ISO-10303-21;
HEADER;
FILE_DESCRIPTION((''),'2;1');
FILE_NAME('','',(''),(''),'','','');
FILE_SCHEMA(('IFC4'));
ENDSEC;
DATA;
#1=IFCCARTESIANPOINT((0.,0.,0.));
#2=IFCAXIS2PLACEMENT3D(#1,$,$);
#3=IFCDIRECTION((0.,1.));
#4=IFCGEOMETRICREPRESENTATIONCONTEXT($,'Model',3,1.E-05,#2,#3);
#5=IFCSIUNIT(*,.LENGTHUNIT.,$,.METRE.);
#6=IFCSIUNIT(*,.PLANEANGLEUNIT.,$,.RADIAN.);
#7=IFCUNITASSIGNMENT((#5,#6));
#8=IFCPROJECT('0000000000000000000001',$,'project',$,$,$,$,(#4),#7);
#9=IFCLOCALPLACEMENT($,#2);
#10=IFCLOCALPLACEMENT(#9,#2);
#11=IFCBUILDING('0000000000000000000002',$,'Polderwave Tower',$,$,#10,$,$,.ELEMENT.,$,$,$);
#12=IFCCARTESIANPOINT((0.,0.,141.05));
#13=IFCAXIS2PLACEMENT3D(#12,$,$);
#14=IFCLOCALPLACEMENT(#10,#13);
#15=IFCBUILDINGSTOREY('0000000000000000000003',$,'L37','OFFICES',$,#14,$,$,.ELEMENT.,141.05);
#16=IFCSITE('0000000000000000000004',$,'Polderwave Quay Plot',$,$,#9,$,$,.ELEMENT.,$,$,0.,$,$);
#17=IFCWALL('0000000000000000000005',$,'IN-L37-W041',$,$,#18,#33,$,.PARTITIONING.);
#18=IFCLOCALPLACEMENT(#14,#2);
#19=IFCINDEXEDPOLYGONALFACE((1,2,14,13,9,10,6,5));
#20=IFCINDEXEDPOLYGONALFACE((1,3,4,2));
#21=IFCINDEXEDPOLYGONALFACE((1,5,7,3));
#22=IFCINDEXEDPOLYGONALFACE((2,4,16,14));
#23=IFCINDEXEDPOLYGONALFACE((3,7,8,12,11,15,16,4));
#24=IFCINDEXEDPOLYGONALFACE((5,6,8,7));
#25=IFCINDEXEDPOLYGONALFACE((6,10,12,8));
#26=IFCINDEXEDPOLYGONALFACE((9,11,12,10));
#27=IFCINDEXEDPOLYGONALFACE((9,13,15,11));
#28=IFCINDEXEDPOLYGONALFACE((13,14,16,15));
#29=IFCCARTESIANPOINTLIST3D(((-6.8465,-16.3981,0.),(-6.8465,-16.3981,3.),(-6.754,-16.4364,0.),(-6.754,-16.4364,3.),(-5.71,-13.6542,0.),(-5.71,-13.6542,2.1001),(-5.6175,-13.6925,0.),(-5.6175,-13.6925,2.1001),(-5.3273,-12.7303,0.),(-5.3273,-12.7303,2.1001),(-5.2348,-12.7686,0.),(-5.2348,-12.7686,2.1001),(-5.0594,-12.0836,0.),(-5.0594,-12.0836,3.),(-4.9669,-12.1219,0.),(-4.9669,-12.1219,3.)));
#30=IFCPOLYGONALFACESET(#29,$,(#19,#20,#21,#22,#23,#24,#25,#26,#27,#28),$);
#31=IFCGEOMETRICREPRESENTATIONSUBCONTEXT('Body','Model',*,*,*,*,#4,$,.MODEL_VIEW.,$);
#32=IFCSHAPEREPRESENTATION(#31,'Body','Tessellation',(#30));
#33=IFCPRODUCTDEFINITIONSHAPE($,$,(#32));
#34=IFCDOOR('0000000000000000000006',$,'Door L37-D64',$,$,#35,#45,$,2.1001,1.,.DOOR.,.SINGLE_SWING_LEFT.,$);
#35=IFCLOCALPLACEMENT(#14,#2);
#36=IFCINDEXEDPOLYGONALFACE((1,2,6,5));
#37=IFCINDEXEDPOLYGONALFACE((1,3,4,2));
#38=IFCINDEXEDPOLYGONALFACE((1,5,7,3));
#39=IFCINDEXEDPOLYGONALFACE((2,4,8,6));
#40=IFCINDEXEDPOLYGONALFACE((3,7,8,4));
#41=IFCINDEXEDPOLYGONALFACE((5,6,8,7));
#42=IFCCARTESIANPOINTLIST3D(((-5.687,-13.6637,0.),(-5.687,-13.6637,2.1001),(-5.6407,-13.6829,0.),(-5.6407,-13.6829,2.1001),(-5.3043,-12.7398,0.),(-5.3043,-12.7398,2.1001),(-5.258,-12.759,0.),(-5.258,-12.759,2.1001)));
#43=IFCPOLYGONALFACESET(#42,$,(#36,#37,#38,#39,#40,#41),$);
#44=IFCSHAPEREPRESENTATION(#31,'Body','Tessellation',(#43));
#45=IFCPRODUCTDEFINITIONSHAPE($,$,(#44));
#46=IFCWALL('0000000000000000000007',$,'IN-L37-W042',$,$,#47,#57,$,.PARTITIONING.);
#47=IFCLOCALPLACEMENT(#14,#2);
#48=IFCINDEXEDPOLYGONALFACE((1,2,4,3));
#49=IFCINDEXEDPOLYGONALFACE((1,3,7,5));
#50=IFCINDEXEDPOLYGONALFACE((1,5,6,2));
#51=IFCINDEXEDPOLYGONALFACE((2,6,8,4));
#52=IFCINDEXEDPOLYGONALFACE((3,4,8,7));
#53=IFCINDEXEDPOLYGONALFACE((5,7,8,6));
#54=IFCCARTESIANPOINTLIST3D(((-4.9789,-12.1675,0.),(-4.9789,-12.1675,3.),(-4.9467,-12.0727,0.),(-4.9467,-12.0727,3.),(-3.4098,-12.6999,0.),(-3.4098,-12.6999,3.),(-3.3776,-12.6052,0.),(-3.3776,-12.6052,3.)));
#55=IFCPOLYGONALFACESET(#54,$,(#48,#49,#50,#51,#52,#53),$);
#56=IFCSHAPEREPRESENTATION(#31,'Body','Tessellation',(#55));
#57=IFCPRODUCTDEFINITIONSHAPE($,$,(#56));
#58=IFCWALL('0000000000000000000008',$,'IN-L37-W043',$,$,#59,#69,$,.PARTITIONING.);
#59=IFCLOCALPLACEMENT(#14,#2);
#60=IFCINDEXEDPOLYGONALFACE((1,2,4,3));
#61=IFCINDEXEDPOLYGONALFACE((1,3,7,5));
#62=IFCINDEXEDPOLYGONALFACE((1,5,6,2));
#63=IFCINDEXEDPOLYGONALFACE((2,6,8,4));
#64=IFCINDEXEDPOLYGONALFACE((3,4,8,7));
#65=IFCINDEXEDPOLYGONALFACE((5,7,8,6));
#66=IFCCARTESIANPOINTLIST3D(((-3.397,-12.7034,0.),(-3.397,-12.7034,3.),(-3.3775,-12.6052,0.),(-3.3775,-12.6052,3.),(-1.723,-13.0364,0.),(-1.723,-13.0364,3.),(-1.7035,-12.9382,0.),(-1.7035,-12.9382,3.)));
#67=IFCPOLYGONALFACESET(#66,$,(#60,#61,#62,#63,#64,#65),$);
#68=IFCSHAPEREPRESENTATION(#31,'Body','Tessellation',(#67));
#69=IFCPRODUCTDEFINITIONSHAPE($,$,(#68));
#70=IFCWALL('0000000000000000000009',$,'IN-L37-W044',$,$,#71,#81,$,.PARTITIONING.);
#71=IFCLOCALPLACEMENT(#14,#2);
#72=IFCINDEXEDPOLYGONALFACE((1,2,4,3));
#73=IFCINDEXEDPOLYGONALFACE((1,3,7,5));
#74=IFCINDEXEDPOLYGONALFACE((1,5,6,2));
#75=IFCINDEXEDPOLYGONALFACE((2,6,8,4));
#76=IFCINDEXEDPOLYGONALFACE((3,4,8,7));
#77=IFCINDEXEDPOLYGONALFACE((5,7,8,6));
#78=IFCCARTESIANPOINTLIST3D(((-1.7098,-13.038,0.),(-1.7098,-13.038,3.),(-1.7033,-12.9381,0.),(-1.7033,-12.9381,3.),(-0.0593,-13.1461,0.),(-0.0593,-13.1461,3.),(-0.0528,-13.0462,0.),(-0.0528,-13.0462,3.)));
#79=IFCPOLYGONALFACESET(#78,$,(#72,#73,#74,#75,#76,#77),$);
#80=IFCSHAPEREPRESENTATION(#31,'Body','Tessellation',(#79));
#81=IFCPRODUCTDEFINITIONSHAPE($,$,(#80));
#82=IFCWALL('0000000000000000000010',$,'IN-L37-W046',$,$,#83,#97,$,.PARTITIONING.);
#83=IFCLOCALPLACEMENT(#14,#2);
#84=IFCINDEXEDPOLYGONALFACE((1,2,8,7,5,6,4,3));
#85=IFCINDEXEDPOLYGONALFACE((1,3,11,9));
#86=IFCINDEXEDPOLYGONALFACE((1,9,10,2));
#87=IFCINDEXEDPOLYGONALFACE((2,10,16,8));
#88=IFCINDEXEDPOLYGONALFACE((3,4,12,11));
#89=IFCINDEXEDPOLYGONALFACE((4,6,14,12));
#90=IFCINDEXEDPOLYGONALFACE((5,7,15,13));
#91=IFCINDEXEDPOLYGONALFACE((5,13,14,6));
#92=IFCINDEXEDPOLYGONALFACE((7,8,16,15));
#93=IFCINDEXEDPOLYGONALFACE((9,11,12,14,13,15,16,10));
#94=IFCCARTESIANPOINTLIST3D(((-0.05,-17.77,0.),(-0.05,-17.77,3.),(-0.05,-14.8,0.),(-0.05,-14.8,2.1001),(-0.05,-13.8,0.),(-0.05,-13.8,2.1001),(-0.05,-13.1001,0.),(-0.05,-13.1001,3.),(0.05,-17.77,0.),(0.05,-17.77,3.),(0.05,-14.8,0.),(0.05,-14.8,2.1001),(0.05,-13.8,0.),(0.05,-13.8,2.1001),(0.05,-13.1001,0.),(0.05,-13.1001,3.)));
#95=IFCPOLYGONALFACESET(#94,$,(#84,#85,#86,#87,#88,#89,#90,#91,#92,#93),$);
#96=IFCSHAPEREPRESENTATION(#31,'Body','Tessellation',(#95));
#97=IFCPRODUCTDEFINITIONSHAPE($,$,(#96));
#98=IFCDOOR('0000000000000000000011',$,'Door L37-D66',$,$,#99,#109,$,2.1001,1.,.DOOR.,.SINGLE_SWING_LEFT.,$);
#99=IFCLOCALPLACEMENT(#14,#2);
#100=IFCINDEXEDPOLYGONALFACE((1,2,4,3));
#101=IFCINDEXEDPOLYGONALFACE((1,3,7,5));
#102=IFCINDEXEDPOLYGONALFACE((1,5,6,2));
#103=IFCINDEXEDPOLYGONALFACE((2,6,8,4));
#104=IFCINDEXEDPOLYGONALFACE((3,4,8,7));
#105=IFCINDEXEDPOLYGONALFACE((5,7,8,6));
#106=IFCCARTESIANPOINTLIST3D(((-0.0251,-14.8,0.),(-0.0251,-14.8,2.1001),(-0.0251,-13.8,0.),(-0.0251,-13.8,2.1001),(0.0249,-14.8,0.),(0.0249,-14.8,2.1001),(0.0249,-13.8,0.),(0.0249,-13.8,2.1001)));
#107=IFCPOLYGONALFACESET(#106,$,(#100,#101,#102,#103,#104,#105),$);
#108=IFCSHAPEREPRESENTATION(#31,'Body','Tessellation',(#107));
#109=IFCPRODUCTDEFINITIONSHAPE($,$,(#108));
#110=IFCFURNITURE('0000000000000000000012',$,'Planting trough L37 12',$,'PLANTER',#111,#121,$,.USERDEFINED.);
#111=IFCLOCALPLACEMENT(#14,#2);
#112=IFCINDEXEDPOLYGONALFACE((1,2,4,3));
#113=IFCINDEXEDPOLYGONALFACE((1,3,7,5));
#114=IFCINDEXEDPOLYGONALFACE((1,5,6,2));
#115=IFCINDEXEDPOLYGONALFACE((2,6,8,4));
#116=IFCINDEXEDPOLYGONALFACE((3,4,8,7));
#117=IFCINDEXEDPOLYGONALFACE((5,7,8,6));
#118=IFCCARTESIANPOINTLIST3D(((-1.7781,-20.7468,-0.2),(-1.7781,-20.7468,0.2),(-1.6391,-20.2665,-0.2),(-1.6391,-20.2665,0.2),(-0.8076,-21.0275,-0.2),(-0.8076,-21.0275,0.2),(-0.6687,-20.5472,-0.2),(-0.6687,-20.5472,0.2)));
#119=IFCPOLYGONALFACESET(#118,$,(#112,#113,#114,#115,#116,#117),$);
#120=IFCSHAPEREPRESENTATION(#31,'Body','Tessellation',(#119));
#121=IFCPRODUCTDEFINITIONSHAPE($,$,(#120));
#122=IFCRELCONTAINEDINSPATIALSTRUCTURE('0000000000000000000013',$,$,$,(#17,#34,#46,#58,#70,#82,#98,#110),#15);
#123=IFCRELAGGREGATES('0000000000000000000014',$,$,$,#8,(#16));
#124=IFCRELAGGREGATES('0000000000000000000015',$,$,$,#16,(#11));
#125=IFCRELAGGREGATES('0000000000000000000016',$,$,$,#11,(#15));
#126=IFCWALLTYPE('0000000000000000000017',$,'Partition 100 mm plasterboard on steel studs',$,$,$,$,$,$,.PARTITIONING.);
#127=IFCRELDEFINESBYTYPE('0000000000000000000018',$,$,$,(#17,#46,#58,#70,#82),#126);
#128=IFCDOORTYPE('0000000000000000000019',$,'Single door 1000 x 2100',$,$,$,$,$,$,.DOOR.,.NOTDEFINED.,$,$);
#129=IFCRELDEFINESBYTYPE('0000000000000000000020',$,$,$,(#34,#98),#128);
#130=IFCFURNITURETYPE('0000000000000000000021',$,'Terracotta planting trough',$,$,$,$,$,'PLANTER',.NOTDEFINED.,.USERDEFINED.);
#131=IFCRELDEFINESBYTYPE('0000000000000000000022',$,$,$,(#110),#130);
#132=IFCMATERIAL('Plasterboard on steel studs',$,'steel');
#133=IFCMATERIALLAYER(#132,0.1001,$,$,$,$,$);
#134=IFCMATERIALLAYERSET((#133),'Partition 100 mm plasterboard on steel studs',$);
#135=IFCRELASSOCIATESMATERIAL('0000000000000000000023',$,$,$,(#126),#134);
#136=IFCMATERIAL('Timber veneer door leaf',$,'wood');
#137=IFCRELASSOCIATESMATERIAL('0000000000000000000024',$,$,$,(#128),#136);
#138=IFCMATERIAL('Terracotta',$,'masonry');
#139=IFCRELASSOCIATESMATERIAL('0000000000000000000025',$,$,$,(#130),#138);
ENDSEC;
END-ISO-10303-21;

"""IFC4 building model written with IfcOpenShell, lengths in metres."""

from ifc_helpers import new_model, si_unit, direction, frame, frame_2d, origin, origin_2d, place, context, subcontext, project, spatial, rectangle, extrude, material, layer, layer_set, type_object, element, fill, save


model = new_model("IFC4")

# Units and contexts
model_context = context("Model", 3, precision=1e-05, world=origin(), true_north=direction((0.0, 1.0)))
body_context = subcontext(model_context, "Body", "Model", "MODEL_VIEW")
ifc_project = project(units=[si_unit("LENGTHUNIT", "METRE"), si_unit("PLANEANGLEUNIT", "RADIAN")], contexts=[model_context])

# Site, building, storey
site_placement = place(None, origin())
site = spatial("IfcSite", under=ifc_project, at=site_placement, Name="Polderwave Quay Plot", CompositionType="ELEMENT", RefElevation=0.0)
building_placement = place(site_placement, origin())
building = spatial("IfcBuilding", under=site, at=building_placement, Name="Polderwave Tower", CompositionType="ELEMENT")
storey_placement = place(building_placement, frame((0.0, 0.0, 141.05)))
storey = spatial("IfcBuildingStorey", under=building, at=storey_placement, Name="L37", Description="OFFICES", CompositionType="ELEMENT", Elevation=141.05)

# Wall, opening, door
ifc_material_1 = material(Name="Plasterboard on steel studs", Category="steel")
ifc_layer_1 = layer(ifc_material_1, 0.1001)
ifc_layer_set_1 = layer_set([ifc_layer_1], Name="Partition 100 mm plasterboard on steel studs")
wall_type_1 = type_object("IfcWallType", Name="Partition 100 mm plasterboard on steel studs", PredefinedType="PARTITIONING", material=ifc_layer_set_1)
ifc_material_2 = material(Name="Timber veneer door leaf", Category="wood")
door_type = type_object("IfcDoorType", Name="Single door 1000 x 2100", OperationType="NOTDEFINED", PredefinedType="DOOR", material=ifc_material_2)
wall_1_placement = place(storey_placement, frame((-5.0132, -12.1028, 0.0), z_axis=(0.0, 0.0, 1.0), x_axis=(-0.382684, -0.923879, 0.0)))
wall_1 = element("IfcWall", 1, at=wall_1_placement, inside=storey, type_object=wall_type_1, Name="IN-L37-W041", PredefinedType="PARTITIONING", context=body_context, shape_type="SweptSolid", body=[
    extrude(rectangle(XDim=4.6699, YDim=0.1001, at=frame_2d((2.335, 0.0))), origin(), (0.0, 0.0, 1.0), 3.0),
])
opening_1_placement = place(wall_1_placement, frame((0.7, 0.0, 0.0)))
opening_1 = element("IfcOpeningElement", 2, at=opening_1_placement, cuts=wall_1, PredefinedType="OPENING", context=body_context, shape_type="SweptSolid", body=[
    extrude(rectangle(XDim=1.0, YDim=2.1001, at=frame_2d((0.5, 1.05))), frame((0.0, 0.0601, 0.0), z_axis=(0.0, -1.0, 0.0), x_axis=(1.0, 0.0, 0.0)), (0.0, 0.0, 1.0), 0.1201),
])
door_1_placement = place(opening_1_placement, origin())
door_1 = element("IfcDoor", 3, at=door_1_placement, inside=storey, type_object=door_type, Name="Door L37-D64", OperationType="SINGLE_SWING_LEFT", OverallHeight=2.1001, OverallWidth=1.0, PredefinedType="DOOR", context=body_context, shape_type="SweptSolid", body=[
    extrude(rectangle(XDim=1.0, YDim=2.1001, at=frame_2d((0.5, 1.05))), frame((0.0, 0.0249, 0.0), z_axis=(0.0, -1.0, 0.0), x_axis=(1.0, 0.0, 0.0)), (0.0, 0.0, 1.0), 0.05),
])
fill(opening_1, door_1)

# Walls
wall_2_placement = place(storey_placement, frame((-3.3936, -12.6526, 0.0), z_axis=(0.0, 0.0, 1.0), x_axis=(-0.94696, 0.321351, 0.0)))
element("IfcWall", 4, at=wall_2_placement, inside=storey, type_object=wall_type_1, Name="IN-L37-W042", PredefinedType="PARTITIONING", context=body_context, shape_type="SweptSolid", body=[
    extrude(rectangle(XDim=1.657, YDim=0.1001, at=frame_2d((0.8286, 0.0))), origin(), (0.0, 0.0, 1.0), 3.0),
])
wall_3_placement = place(storey_placement, frame((-1.7131, -12.9873, 0.0), z_axis=(0.0, 0.0, 1.0), x_axis=(-0.980784, 0.195098, 0.0)))
element("IfcWall", 5, at=wall_3_placement, inside=storey, type_object=wall_type_1, Name="IN-L37-W043", PredefinedType="PARTITIONING", context=body_context, shape_type="SweptSolid", body=[
    extrude(rectangle(XDim=1.7068, YDim=0.1001, at=frame_2d((0.8535, 0.0))), origin(), (0.0, 0.0, 1.0), 3.0),
])
wall_4_placement = place(storey_placement, frame((-0.0559, -13.0962, 0.0), z_axis=(0.0, 0.0, 1.0), x_axis=(-0.99786, 0.065383, 0.0)))
element("IfcWall", 6, at=wall_4_placement, inside=storey, type_object=wall_type_1, Name="IN-L37-W044", PredefinedType="PARTITIONING", context=body_context, shape_type="SweptSolid", body=[
    extrude(rectangle(XDim=1.6541, YDim=0.1001, at=frame_2d((0.8271, 0.0))), origin(), (0.0, 0.0, 1.0), 3.0),
])

# Wall, opening, door
wall_5_placement = place(storey_placement, frame((0.0, -13.1001, 0.0), z_axis=(0.0, 0.0, 1.0), x_axis=(0.0, -1.0, 0.0)))
wall_5 = element("IfcWall", 7, at=wall_5_placement, inside=storey, type_object=wall_type_1, Name="IN-L37-W046", PredefinedType="PARTITIONING", context=body_context, shape_type="SweptSolid", body=[
    extrude(rectangle(XDim=4.6699, YDim=0.1001, at=frame_2d((2.335, 0.0))), origin(), (0.0, 0.0, 1.0), 3.0),
])
opening_2_placement = place(wall_5_placement, frame((0.7, 0.0, 0.0)))
opening_2 = element("IfcOpeningElement", 8, at=opening_2_placement, cuts=wall_5, PredefinedType="OPENING", context=body_context, shape_type="SweptSolid", body=[
    extrude(rectangle(XDim=1.0, YDim=2.1001, at=frame_2d((0.5, 1.05))), frame((0.0, 0.0601, 0.0), z_axis=(0.0, -1.0, 0.0), x_axis=(1.0, 0.0, 0.0)), (0.0, 0.0, 1.0), 0.1201),
])
door_2_placement = place(opening_2_placement, origin())
door_2 = element("IfcDoor", 9, at=door_2_placement, inside=storey, type_object=door_type, Name="Door L37-D66", OperationType="SINGLE_SWING_LEFT", OverallHeight=2.1001, OverallWidth=1.0, PredefinedType="DOOR", context=body_context, shape_type="SweptSolid", body=[
    extrude(rectangle(XDim=1.0, YDim=2.1001, at=frame_2d((0.5, 1.05))), frame((0.0, 0.0249, 0.0), z_axis=(0.0, -1.0, 0.0), x_axis=(1.0, 0.0, 0.0)), (0.0, 0.0, 1.0), 0.05),
])
fill(opening_2, door_2)

# Furniture
ifc_material_3 = material(Name="Terracotta", Category="masonry")
furniture_type = type_object("IfcFurnitureType", Name="Terracotta planting trough", ElementType="PLANTER", AssemblyPlace="NOTDEFINED", PredefinedType="USERDEFINED", material=ifc_material_3)
furniture_placement = place(storey_placement, frame((-1.2234, -20.647, -0.2), z_axis=(0.0, 0.0, 1.0), x_axis=(0.960614, -0.277885, 0.0)))
element("IfcFurniture", 10, at=furniture_placement, inside=storey, type_object=furniture_type, Name="Planting trough L37 12", ObjectType="PLANTER", PredefinedType="USERDEFINED", context=body_context, shape_type="SweptSolid", body=[
    extrude(rectangle(XDim=1.0103, YDim=0.5, at=origin_2d()), origin(), (0.0, 0.0, 1.0), 0.3999),
])

save(model, "model.ifc")
